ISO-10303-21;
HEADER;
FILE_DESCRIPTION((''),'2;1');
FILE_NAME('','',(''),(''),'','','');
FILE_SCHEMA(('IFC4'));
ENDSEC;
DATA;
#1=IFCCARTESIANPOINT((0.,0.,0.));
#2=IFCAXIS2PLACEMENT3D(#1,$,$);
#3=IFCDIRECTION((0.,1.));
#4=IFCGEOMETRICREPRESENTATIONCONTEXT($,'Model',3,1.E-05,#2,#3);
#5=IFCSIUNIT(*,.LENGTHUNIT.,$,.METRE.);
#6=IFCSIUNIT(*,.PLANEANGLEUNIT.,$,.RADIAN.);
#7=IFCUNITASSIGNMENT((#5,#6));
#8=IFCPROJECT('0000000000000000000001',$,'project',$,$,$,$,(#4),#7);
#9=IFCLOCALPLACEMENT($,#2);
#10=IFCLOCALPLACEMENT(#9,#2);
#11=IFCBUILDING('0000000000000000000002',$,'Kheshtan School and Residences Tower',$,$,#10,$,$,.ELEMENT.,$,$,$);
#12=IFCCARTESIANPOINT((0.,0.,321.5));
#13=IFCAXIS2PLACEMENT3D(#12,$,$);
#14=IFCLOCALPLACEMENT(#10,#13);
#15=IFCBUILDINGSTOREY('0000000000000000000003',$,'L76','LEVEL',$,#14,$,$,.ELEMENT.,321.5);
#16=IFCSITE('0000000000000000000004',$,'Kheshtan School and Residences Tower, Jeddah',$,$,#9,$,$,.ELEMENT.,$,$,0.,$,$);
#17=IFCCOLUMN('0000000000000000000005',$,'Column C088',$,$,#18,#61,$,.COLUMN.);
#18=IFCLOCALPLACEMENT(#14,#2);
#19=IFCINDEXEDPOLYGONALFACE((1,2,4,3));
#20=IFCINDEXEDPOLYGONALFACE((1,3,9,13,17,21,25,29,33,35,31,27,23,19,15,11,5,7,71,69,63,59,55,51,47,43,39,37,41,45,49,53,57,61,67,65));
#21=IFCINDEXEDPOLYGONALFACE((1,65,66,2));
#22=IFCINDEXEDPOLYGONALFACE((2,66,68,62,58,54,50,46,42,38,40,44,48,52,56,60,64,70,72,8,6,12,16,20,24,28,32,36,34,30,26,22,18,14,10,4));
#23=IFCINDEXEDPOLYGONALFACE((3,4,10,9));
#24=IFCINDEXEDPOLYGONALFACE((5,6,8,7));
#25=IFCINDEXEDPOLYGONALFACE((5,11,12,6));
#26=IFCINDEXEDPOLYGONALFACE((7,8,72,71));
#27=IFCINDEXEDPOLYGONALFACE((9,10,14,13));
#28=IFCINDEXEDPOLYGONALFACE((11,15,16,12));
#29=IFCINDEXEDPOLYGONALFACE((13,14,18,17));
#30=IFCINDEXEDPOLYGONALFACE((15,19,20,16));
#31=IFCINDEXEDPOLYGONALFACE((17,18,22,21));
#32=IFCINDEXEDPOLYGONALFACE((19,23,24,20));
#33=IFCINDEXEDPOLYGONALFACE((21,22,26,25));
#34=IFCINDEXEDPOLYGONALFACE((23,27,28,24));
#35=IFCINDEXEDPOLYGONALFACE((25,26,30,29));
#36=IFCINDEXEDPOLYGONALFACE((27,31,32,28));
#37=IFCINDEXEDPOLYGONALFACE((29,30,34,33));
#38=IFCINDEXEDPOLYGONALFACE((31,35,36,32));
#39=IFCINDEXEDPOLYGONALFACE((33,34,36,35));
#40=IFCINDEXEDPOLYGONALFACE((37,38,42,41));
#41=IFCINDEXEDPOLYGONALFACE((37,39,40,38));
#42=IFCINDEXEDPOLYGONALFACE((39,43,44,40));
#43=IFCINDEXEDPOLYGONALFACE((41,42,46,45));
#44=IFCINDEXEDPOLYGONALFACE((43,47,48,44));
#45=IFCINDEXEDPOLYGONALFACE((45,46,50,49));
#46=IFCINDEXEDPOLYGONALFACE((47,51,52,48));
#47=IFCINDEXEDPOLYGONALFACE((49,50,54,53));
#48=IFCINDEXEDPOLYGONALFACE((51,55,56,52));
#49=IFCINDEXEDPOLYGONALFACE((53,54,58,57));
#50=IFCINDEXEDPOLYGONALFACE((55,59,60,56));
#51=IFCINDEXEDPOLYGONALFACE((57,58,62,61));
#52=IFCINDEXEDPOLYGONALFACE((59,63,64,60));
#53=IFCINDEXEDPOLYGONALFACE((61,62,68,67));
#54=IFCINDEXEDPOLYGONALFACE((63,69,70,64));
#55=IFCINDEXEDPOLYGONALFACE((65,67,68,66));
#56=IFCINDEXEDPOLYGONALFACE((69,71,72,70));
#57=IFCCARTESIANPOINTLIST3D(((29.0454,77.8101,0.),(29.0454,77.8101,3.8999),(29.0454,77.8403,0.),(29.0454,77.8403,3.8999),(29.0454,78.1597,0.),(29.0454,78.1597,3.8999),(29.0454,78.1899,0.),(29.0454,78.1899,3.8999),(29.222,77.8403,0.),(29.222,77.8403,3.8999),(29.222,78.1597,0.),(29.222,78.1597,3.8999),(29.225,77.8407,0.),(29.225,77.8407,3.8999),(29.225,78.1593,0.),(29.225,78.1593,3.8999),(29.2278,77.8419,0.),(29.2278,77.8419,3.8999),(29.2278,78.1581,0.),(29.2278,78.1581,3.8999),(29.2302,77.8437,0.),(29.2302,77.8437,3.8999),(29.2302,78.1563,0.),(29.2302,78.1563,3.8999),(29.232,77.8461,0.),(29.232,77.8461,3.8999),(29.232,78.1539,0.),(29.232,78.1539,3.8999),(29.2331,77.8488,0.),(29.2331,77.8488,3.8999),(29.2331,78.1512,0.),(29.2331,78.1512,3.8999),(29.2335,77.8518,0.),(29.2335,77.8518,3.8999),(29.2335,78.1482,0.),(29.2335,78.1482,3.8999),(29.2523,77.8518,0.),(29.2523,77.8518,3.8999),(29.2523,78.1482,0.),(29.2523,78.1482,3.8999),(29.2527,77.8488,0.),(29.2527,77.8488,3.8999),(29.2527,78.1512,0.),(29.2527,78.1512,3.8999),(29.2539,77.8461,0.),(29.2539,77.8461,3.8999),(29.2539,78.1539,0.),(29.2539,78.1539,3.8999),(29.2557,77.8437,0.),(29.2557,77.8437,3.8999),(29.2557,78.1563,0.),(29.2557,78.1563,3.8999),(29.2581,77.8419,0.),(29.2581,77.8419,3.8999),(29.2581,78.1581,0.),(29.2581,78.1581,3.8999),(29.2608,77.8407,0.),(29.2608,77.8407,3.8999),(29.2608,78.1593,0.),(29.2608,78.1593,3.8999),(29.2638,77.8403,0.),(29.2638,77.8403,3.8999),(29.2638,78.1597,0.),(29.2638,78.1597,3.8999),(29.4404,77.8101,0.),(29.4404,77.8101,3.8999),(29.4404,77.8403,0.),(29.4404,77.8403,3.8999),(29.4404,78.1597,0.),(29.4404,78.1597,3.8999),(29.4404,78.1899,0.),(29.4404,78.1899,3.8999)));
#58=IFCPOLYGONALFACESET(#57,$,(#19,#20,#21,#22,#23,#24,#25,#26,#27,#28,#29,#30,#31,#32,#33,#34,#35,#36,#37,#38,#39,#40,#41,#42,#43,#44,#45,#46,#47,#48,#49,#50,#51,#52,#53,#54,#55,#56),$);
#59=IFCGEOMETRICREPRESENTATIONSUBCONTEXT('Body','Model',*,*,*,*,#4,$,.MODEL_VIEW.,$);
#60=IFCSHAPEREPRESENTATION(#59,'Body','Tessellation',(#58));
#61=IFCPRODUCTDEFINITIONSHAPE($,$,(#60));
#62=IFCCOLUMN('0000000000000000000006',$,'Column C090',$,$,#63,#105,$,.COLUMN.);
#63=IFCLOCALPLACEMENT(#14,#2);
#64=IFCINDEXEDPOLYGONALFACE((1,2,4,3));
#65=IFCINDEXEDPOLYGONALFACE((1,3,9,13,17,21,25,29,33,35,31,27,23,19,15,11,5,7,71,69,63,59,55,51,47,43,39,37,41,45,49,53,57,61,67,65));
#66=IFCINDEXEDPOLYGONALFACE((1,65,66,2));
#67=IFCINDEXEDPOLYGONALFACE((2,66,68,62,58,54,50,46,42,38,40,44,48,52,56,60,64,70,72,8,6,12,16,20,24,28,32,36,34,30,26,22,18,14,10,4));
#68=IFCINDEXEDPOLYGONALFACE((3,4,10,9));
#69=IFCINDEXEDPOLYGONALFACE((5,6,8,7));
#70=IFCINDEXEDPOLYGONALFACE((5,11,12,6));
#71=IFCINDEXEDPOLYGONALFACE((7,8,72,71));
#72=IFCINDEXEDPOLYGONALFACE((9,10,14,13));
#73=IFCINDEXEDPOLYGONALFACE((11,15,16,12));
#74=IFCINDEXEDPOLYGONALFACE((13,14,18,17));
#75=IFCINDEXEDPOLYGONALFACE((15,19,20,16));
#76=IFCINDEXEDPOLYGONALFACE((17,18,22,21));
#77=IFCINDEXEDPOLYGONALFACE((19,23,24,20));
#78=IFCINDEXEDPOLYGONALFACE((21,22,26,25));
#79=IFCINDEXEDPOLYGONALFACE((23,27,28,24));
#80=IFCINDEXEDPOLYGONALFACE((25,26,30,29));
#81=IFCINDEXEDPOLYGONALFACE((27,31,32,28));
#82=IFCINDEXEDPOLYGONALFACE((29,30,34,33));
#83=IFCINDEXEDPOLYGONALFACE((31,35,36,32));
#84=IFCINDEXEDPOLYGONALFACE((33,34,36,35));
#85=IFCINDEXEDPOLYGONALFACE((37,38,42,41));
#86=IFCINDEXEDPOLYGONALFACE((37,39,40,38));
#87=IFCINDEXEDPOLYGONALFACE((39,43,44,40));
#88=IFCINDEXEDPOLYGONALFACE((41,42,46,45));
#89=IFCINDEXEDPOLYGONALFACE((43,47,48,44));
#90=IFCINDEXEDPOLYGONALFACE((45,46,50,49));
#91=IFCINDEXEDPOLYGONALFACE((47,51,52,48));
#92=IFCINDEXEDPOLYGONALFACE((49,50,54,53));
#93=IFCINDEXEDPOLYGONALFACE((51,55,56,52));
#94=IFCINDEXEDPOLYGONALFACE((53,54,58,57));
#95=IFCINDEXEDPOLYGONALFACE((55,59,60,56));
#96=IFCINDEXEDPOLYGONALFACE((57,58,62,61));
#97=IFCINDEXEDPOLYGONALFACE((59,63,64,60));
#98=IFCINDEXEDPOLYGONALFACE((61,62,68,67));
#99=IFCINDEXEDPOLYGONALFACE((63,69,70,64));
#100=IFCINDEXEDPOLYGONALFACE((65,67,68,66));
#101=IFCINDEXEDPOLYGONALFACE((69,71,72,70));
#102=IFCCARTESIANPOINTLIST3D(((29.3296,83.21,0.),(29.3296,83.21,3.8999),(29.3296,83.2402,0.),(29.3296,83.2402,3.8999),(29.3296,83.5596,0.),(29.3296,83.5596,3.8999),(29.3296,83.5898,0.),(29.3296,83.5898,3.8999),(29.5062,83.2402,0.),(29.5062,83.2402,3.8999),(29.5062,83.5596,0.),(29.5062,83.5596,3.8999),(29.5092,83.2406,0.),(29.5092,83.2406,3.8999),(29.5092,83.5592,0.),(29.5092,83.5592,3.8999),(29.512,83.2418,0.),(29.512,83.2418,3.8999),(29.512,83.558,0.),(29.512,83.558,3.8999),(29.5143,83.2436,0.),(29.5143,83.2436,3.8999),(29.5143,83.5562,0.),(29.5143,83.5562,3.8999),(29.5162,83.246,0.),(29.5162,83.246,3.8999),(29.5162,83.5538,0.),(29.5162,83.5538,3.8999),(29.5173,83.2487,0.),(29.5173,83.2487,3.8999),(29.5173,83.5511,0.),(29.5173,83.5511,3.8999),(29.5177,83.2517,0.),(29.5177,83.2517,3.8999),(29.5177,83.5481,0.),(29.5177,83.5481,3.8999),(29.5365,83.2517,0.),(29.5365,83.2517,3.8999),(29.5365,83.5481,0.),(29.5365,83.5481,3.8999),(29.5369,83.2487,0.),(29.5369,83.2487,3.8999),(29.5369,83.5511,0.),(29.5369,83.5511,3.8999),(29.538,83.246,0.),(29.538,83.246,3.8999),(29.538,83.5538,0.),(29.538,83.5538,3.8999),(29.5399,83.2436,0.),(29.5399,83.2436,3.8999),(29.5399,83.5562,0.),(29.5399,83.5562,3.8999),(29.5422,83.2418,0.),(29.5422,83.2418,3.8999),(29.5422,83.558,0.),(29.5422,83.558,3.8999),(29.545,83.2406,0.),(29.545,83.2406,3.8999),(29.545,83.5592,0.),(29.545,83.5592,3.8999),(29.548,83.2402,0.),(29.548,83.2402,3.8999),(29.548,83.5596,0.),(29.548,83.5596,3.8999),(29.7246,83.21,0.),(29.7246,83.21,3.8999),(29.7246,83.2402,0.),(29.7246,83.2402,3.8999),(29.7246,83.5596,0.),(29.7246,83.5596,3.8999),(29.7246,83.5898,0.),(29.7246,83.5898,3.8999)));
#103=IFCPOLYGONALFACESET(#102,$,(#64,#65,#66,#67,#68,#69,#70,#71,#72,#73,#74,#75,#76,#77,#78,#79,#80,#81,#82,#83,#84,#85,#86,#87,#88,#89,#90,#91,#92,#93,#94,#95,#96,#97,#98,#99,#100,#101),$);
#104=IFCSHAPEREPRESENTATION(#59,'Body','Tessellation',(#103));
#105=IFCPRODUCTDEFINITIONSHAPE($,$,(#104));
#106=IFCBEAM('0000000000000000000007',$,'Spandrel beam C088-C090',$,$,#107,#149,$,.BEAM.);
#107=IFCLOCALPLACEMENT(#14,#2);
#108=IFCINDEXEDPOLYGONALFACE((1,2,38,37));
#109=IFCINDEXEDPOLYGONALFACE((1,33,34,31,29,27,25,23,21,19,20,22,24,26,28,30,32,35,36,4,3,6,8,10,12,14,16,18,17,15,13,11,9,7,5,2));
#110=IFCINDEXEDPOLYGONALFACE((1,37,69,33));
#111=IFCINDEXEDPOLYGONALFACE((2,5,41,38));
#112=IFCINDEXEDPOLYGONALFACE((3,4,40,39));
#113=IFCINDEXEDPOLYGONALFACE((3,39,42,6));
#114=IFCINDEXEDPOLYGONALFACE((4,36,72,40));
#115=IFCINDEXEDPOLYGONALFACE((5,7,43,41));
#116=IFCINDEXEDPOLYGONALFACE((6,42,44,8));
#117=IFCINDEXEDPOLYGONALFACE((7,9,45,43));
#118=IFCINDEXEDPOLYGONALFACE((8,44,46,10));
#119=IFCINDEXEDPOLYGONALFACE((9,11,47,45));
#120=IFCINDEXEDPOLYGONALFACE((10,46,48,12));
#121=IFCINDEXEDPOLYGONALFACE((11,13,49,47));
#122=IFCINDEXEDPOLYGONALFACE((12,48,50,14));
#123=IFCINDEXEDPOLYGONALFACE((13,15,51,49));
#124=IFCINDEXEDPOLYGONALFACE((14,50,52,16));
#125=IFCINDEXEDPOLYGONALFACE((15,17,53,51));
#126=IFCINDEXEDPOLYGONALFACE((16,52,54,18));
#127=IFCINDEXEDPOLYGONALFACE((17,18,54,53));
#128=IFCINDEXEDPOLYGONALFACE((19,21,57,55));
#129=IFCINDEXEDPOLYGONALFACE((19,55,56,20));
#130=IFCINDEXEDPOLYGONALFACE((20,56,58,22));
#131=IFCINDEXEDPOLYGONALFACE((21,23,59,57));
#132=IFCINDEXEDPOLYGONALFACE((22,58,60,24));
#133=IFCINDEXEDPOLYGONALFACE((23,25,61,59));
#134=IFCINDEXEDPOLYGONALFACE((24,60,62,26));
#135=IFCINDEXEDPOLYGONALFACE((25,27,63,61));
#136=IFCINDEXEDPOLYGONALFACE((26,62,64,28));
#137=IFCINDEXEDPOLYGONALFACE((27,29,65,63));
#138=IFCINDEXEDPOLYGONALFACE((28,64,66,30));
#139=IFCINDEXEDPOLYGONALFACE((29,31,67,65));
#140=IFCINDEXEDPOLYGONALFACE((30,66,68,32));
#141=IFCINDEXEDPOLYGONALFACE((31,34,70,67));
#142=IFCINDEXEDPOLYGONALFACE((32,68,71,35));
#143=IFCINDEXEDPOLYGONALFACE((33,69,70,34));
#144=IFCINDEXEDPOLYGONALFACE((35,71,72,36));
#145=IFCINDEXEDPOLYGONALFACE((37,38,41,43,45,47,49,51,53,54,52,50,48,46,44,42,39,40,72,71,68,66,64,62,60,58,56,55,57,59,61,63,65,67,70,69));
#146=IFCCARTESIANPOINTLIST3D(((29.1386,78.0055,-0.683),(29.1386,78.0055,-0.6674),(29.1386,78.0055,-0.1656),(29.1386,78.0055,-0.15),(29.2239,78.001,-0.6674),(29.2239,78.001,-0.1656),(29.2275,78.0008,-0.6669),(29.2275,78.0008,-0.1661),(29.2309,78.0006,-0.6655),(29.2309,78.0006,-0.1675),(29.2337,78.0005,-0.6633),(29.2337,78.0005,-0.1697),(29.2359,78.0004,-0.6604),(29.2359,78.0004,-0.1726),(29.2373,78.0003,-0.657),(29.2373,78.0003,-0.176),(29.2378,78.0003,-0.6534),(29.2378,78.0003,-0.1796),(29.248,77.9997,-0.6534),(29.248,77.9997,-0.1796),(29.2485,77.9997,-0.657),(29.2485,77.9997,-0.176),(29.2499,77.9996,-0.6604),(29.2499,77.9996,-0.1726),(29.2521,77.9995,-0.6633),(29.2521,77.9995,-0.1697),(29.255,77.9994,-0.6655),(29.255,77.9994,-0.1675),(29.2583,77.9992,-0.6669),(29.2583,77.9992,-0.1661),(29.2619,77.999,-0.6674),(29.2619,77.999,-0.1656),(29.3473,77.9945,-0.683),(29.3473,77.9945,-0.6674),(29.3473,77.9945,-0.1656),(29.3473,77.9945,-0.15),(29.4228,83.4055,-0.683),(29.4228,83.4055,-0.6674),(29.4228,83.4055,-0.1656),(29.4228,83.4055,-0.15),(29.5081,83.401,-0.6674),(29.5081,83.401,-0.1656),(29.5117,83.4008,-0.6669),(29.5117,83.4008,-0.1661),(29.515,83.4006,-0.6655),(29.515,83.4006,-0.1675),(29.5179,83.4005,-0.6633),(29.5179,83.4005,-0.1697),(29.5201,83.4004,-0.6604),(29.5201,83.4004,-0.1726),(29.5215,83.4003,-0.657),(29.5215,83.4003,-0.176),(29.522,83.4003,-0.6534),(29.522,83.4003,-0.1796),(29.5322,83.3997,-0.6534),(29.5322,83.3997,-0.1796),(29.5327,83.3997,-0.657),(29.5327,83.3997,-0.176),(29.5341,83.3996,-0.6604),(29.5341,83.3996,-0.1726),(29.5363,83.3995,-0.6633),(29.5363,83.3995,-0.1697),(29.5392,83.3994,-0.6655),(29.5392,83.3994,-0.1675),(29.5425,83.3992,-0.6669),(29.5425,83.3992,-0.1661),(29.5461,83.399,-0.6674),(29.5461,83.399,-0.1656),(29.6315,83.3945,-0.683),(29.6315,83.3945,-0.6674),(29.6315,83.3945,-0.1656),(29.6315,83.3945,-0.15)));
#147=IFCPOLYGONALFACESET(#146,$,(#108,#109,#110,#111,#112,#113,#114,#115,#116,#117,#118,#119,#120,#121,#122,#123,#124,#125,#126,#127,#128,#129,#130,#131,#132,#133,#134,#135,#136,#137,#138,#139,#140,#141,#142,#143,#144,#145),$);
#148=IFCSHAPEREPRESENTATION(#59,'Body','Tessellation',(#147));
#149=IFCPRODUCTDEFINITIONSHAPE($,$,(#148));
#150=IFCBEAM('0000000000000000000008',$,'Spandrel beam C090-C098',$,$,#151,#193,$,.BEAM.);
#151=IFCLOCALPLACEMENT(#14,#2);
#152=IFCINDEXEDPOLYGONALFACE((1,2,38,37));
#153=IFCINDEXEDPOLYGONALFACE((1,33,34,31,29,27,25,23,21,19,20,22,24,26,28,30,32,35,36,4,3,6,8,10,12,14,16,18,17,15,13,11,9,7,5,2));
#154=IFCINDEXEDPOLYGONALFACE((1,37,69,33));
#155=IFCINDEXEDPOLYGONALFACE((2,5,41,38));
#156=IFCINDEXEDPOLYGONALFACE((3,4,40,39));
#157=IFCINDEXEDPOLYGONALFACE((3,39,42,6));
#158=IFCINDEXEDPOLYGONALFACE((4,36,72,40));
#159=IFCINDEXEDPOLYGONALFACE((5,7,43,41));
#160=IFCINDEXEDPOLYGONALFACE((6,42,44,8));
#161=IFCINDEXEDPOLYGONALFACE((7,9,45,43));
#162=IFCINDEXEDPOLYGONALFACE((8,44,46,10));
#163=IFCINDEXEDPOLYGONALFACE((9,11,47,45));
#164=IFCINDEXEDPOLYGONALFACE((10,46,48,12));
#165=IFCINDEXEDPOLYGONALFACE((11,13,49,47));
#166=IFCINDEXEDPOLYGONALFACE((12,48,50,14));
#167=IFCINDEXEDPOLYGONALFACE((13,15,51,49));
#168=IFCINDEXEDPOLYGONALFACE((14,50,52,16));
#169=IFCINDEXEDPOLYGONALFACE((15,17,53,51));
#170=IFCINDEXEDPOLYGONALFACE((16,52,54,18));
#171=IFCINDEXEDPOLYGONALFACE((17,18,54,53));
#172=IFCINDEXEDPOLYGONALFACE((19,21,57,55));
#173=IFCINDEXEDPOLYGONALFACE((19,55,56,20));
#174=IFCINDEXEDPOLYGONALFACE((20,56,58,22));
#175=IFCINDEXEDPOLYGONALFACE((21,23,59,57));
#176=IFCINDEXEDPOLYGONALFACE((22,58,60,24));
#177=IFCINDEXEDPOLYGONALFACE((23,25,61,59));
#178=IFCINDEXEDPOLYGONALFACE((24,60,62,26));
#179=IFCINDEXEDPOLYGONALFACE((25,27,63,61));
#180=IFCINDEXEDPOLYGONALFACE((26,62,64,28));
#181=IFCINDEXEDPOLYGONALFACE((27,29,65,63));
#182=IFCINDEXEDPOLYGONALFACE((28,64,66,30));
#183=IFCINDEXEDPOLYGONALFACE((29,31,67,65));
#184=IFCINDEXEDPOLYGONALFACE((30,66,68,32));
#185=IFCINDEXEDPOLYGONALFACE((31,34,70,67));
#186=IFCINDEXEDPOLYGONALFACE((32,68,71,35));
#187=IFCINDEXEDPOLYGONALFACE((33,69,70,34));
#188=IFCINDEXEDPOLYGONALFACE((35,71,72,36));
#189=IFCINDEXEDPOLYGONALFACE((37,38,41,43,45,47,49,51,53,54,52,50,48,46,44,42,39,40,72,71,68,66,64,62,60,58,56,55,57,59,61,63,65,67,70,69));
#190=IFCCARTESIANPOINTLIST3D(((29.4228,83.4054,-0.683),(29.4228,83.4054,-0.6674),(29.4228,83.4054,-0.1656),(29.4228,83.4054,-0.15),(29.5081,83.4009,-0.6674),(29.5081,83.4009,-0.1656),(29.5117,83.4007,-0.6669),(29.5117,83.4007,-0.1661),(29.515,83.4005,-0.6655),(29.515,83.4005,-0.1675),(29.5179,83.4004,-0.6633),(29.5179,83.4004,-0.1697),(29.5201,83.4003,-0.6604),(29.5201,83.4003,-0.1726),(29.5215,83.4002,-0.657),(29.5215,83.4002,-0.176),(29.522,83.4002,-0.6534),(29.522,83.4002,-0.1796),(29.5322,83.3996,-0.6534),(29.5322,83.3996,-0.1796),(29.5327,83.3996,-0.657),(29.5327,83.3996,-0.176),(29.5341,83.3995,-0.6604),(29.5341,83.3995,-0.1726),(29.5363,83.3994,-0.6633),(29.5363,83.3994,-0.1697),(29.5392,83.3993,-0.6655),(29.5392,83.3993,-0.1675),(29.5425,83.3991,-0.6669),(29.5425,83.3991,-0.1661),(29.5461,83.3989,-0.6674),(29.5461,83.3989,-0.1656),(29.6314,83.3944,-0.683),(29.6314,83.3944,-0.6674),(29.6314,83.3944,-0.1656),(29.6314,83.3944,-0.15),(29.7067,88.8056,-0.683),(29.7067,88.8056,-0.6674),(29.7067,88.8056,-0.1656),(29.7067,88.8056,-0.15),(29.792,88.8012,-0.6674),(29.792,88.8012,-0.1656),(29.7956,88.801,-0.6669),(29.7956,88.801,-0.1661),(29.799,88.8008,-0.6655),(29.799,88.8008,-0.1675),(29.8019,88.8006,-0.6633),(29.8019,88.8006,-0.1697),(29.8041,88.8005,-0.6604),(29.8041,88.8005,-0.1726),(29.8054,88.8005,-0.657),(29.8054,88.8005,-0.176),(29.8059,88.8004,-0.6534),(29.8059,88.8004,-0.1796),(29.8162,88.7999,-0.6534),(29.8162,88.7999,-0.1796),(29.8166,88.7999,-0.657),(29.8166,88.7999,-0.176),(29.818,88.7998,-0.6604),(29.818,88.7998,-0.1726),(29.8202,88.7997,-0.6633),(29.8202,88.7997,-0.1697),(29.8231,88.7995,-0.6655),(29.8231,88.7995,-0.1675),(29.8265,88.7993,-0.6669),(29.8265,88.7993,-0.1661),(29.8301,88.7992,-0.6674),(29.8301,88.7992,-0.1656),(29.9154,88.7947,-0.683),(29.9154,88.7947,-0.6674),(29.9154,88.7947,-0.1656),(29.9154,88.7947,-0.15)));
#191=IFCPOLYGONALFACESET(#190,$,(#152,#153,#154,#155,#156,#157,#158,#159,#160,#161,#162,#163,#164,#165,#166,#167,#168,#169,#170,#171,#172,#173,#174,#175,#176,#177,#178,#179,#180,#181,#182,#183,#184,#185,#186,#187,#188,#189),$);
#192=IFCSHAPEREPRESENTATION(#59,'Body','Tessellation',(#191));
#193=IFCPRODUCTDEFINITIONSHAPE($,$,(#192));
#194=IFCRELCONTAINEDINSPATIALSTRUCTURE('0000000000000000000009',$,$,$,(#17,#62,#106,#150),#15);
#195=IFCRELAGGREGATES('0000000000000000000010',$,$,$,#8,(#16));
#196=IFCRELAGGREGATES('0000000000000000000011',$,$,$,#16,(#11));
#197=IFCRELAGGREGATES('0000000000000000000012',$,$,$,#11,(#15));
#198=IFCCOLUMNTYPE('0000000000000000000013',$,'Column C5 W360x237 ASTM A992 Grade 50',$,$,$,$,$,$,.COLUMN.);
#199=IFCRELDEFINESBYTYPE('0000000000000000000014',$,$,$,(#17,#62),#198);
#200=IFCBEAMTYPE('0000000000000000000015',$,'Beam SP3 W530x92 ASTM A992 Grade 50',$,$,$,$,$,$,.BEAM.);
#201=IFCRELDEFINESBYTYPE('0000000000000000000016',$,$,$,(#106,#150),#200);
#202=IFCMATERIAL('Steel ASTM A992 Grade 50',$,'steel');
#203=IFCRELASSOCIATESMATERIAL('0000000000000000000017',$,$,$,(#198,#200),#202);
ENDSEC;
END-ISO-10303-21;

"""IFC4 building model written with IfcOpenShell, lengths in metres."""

from ifc_helpers import new_model, si_unit, direction, frame, origin, origin_2d, place, context, subcontext, project, spatial, i_section, extrude, material, material_profile, profile_set, type_object, element, save


model = new_model("IFC4")

# Units and contexts
model_context = context("Model", 3, precision=1e-05, world=origin(), true_north=direction((0.0, 1.0)))
body_context = subcontext(model_context, "Body", "Model", "MODEL_VIEW")
ifc_project = project(units=[si_unit("LENGTHUNIT", "METRE"), si_unit("PLANEANGLEUNIT", "RADIAN")], contexts=[model_context])

# Site, building, storey
site_placement = place(None, origin())
site = spatial("IfcSite", under=ifc_project, at=site_placement, Name="Kheshtan School and Residences Tower, Jeddah", CompositionType="ELEMENT", RefElevation=0.0)
building_placement = place(site_placement, origin())
building = spatial("IfcBuilding", under=site, at=building_placement, Name="Kheshtan School and Residences Tower", CompositionType="ELEMENT")
storey_placement = place(building_placement, frame((0.0, 0.0, 321.5)))
storey = spatial("IfcBuildingStorey", under=building, at=storey_placement, Name="L76", Description="LEVEL", CompositionType="ELEMENT", Elevation=321.5)

# Columns
ifc_material_1 = material(Name="Steel ASTM A992 Grade 50", Category="steel")
ifc_material_profile_1 = material_profile(ifc_material_1, i_section(OverallWidth=0.395, OverallDepth=0.3799, WebThickness=0.0188, FlangeThickness=0.0303, FilletRadius=0.0115, at=origin_2d()), Name="W360x237")
ifc_profile_set_1 = profile_set([ifc_material_profile_1], Name="Steel ASTM A992 Grade 50")
column_type = type_object("IfcColumnType", Name="Column C5 W360x237 ASTM A992 Grade 50", PredefinedType="COLUMN", material=ifc_profile_set_1)
for number, where, z_axis, x_axis, name in (
    (1, (29.2429, 78.0, 0.0), (0.0, 0.0, 1.0), (1.0, 0.0, 0.0), "Column C088"),
    (2, (29.5271, 83.3999, 0.0), (0.0, 0.0, 1.0), (1.0, 0.0, 0.0), "Column C090"),
):
    element("IfcColumn", number, at=place(storey_placement, frame(where, z_axis=z_axis, x_axis=x_axis)), inside=storey, type_object=column_type, Name=name, PredefinedType="COLUMN", context=body_context, shape_type="SweptSolid", body=[
        extrude(i_section(OverallWidth=0.395, OverallDepth=0.3799, WebThickness=0.0188, FlangeThickness=0.0303, FilletRadius=0.0115, at=origin_2d()), origin(), (0.0, 0.0, 1.0), 3.8999),
    ])

# Beams
ifc_material_profile_2 = material_profile(ifc_material_1, i_section(OverallWidth=0.209, OverallDepth=0.533, WebThickness=0.0103, FlangeThickness=0.0156, FilletRadius=0.0139, at=origin_2d()), Name="W530x92")
ifc_profile_set_2 = profile_set([ifc_material_profile_2], Name="Steel ASTM A992 Grade 50")
beam_type = type_object("IfcBeamType", Name="Beam SP3 W530x92 ASTM A992 Grade 50", PredefinedType="BEAM", material=ifc_profile_set_2)
beam_1_placement = place(storey_placement, frame((29.2429, 78.0, -0.4165), z_axis=(0.052554, 0.998618, 0.0), x_axis=(-0.998618, 0.052554, 0.0)))
element("IfcBeam", 3, at=beam_1_placement, inside=storey, type_object=beam_type, Name="Spandrel beam C088-C090", PredefinedType="BEAM", context=body_context, shape_type="SweptSolid", body=[
    extrude(i_section(OverallWidth=0.209, OverallDepth=0.533, WebThickness=0.0103, FlangeThickness=0.0156, FilletRadius=0.0139, at=origin_2d()), origin(), (0.0, 0.0, 1.0), 5.4075),
])
beam_2_placement = place(storey_placement, frame((29.5271, 83.3999, -0.4165), z_axis=(0.052507, 0.998621, 0.0), x_axis=(-0.998621, 0.052507, 0.0)))
element("IfcBeam", 4, at=beam_2_placement, inside=storey, type_object=beam_type, Name="Spandrel beam C090-C098", PredefinedType="BEAM", context=body_context, shape_type="SweptSolid", body=[
    extrude(i_section(OverallWidth=0.209, OverallDepth=0.533, WebThickness=0.0103, FlangeThickness=0.0156, FilletRadius=0.0139, at=origin_2d()), origin(), (0.0, 0.0, 1.0), 5.4077),
])

save(model, "model.ifc")
